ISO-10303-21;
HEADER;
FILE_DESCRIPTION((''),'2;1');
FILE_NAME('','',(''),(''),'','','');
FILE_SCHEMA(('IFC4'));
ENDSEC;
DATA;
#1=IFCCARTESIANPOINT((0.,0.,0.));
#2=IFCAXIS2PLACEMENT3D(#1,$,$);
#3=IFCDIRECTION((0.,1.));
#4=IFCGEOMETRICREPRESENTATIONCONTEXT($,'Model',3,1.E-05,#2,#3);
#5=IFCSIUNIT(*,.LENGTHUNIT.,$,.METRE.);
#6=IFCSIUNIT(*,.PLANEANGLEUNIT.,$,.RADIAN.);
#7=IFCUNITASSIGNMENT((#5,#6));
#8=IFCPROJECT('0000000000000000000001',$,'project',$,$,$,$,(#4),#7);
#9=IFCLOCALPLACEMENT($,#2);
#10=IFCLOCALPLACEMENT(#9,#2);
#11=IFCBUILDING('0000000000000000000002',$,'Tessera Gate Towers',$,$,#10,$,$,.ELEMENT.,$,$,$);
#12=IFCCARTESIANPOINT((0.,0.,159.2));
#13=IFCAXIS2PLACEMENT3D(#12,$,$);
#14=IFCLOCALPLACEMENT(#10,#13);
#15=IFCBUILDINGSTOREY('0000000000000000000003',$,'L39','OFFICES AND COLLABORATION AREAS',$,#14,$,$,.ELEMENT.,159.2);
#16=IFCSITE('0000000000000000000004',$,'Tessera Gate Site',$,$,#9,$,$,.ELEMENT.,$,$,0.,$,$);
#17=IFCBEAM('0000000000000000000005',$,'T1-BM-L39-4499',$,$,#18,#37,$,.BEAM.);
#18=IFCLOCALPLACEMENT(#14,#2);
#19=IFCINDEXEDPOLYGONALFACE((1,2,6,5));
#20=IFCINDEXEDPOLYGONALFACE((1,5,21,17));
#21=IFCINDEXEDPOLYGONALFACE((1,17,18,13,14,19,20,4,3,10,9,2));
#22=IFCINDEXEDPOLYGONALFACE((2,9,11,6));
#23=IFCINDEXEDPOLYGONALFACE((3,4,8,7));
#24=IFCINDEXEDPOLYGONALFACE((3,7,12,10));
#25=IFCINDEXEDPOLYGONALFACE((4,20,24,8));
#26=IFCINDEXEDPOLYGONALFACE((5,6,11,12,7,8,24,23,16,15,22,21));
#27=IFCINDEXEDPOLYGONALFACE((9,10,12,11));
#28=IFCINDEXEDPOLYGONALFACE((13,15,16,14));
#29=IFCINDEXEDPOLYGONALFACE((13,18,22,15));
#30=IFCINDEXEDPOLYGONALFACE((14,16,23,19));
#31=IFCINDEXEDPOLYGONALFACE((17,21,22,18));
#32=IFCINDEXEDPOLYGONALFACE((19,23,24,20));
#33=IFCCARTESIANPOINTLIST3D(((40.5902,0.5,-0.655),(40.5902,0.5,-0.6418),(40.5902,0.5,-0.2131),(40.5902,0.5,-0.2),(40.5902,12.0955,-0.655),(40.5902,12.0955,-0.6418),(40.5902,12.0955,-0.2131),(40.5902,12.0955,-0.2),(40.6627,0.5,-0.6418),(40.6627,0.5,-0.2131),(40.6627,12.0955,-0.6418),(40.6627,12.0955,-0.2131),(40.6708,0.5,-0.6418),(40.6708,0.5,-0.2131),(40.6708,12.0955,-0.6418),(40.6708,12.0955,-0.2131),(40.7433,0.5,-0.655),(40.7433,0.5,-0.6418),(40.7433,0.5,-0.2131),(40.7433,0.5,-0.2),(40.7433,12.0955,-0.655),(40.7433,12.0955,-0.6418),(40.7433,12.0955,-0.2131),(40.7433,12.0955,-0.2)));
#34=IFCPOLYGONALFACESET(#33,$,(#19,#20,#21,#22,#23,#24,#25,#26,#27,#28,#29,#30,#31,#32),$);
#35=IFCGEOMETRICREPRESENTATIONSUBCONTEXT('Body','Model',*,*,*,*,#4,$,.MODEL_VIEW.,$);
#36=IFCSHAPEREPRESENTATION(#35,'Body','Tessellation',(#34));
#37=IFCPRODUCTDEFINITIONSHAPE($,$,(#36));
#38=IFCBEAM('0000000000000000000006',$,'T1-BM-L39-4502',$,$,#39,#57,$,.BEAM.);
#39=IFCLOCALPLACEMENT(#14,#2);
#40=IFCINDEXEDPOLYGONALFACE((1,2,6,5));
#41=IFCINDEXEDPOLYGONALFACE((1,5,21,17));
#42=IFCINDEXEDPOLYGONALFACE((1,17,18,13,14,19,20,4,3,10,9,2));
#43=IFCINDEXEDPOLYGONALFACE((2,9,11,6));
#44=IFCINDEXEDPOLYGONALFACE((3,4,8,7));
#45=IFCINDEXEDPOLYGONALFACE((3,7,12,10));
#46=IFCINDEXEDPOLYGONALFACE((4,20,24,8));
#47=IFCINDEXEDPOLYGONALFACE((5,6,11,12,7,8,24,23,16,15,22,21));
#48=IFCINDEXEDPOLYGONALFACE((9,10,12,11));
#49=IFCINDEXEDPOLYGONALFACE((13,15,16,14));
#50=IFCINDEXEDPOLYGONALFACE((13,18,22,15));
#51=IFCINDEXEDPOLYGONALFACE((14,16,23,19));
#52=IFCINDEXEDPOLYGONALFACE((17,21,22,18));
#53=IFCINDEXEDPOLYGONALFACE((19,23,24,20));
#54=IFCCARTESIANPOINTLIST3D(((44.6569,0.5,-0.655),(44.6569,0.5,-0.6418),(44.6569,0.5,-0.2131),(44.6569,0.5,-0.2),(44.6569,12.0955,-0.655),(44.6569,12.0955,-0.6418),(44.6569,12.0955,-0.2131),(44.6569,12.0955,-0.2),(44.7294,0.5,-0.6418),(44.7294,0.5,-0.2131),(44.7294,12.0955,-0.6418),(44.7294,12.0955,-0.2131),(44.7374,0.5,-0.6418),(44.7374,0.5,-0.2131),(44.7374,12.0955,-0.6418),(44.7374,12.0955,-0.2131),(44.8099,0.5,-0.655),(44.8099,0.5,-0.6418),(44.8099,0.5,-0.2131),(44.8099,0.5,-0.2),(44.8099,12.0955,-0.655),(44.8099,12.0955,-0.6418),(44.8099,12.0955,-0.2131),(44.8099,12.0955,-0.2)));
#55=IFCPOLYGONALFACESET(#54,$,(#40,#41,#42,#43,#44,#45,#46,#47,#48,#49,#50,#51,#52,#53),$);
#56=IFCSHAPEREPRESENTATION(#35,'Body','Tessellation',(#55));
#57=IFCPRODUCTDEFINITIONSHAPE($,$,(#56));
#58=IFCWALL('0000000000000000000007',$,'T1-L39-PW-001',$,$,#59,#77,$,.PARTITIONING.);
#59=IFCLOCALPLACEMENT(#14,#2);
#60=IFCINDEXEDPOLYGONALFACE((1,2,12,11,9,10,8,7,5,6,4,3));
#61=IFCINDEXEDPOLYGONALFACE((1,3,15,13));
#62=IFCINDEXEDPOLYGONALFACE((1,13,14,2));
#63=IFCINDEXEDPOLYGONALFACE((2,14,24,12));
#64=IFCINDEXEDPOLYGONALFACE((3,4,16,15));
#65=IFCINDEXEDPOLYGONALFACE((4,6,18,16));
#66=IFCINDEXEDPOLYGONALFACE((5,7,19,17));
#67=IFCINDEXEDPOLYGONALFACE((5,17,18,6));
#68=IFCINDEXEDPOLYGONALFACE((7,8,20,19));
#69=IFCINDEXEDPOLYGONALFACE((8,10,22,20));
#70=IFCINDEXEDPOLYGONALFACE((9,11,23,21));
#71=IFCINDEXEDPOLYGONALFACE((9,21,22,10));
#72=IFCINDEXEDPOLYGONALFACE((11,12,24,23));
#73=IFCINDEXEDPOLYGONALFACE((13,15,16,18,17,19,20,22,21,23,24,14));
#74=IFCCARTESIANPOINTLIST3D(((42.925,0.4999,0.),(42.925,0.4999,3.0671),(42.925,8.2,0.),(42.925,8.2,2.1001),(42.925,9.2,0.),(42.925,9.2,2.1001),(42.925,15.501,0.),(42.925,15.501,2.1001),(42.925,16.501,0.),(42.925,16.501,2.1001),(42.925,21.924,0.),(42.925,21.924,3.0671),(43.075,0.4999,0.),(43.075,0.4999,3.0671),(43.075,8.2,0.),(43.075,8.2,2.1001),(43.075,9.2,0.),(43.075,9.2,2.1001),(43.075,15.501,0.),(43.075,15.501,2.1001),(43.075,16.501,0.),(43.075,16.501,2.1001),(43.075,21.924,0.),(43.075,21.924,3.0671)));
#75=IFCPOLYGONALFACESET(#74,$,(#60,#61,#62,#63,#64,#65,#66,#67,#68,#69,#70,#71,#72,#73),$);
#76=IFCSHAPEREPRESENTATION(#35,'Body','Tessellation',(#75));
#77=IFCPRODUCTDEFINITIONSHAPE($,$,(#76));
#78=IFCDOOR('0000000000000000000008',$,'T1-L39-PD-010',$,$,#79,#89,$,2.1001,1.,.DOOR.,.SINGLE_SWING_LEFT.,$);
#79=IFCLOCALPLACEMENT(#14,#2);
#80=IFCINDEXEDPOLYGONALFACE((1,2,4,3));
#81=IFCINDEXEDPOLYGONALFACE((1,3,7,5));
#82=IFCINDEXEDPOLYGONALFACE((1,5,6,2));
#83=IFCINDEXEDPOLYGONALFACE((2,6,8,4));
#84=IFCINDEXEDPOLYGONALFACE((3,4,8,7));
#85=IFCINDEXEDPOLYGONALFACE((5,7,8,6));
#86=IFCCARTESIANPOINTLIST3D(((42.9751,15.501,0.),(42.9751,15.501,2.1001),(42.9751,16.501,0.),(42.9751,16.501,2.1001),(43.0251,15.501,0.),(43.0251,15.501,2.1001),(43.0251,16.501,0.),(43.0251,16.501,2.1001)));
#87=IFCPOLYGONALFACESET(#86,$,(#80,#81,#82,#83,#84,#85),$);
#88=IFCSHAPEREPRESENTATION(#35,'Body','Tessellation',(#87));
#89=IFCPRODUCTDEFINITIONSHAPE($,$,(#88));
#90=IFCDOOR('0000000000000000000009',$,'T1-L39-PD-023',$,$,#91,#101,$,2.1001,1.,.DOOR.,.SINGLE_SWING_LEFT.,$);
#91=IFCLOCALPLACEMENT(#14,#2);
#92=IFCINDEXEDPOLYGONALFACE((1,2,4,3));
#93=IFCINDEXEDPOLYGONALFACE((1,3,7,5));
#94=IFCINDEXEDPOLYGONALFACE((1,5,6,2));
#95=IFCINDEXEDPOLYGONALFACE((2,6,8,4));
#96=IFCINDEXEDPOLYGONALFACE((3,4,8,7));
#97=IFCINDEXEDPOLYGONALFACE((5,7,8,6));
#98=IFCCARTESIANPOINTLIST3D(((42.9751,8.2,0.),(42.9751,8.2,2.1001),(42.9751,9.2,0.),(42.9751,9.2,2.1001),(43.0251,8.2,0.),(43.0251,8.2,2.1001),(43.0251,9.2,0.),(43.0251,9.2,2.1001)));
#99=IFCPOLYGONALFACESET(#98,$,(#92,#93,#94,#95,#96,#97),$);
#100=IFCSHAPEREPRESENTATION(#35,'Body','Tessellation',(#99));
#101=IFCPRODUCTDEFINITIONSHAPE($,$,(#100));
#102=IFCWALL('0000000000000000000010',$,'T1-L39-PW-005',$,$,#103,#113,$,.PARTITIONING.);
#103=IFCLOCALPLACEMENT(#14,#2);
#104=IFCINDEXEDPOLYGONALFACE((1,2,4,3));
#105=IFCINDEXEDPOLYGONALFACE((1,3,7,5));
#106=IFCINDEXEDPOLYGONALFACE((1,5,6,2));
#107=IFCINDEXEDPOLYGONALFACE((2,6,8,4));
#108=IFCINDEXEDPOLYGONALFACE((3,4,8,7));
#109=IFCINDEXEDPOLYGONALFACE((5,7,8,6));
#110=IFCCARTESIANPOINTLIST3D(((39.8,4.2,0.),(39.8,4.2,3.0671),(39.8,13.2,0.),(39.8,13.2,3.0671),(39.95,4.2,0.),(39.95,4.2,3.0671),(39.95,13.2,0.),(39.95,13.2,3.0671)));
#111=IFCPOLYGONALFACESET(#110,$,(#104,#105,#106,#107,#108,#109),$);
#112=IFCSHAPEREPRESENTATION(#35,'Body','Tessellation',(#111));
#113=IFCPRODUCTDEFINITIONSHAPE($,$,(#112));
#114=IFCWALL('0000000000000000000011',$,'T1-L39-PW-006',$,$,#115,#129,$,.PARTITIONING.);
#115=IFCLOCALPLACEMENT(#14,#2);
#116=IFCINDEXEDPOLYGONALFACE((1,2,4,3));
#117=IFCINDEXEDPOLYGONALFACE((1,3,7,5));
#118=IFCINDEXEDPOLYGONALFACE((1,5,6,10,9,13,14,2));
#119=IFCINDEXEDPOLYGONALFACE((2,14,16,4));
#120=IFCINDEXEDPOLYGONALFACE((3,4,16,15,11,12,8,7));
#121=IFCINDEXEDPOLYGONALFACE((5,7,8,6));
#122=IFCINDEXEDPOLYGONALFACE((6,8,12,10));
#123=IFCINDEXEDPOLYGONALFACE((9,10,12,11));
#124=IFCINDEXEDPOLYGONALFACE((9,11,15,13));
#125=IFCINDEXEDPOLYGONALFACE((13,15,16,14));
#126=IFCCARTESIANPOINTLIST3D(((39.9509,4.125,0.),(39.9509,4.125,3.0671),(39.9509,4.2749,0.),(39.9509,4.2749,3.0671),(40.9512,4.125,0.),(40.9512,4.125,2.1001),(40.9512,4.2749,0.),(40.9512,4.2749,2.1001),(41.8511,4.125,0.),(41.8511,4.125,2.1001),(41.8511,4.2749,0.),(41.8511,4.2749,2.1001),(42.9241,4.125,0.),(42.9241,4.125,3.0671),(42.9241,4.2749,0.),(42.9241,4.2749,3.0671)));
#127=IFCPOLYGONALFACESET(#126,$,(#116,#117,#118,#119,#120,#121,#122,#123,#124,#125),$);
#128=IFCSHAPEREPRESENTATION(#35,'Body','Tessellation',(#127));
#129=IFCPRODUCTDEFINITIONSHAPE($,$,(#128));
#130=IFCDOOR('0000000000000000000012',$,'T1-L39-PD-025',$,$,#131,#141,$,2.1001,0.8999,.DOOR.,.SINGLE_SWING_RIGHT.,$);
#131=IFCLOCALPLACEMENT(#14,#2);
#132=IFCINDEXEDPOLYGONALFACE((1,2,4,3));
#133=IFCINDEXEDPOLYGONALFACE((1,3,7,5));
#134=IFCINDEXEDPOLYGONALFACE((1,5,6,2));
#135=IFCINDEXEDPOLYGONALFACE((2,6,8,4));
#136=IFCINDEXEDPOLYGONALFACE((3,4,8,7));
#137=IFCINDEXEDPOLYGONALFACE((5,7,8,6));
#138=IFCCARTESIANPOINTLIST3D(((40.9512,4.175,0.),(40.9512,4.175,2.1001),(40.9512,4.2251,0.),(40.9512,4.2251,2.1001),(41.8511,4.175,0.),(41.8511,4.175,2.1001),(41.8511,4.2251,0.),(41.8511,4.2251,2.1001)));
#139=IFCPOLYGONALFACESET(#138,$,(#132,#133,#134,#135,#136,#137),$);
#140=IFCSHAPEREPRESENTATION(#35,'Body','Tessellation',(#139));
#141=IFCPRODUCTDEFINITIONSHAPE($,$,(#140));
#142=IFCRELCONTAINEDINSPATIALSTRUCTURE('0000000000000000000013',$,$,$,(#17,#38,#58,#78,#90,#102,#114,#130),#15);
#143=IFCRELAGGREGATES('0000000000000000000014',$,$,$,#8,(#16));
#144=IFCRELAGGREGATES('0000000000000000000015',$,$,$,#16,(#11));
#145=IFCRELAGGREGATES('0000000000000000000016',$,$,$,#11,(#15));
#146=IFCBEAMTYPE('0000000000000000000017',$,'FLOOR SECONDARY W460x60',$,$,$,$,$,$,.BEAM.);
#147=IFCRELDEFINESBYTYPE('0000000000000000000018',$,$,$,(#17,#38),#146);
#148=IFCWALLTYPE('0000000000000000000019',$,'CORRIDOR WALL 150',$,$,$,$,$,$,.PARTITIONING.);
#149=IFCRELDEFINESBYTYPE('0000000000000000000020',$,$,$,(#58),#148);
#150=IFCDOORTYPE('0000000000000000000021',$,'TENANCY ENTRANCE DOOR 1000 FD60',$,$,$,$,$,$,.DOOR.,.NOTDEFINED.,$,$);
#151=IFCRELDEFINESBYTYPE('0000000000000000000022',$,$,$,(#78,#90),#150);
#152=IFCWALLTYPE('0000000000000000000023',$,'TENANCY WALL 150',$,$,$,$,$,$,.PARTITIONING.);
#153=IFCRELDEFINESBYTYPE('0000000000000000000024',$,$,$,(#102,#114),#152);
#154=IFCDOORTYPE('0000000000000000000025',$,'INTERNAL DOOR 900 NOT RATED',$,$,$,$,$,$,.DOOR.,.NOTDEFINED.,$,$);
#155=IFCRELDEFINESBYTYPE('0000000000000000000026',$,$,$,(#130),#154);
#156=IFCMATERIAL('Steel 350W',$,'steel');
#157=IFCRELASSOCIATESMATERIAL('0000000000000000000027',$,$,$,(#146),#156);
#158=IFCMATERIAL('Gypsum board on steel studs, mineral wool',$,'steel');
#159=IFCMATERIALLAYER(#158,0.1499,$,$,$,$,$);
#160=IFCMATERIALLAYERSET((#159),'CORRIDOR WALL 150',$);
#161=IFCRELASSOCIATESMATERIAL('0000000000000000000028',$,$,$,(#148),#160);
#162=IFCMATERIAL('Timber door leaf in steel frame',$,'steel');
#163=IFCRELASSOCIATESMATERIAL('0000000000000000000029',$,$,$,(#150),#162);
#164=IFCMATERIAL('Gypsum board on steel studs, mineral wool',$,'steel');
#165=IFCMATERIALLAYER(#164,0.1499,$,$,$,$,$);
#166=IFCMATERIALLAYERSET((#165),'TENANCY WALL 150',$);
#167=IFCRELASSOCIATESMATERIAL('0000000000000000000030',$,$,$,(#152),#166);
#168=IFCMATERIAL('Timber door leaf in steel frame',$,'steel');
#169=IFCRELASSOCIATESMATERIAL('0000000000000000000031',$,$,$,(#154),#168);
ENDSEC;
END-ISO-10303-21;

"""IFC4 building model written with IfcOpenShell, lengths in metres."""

from ifc_helpers import new_model, si_unit, direction, frame, frame_2d, origin, origin_2d, place, context, subcontext, project, spatial, rectangle, i_section, extrude, source, transform, mapped, material, layer, layer_set, material_profile, profile_set, type_object, element, fill, save


model = new_model("IFC4")

# Units and contexts
model_context = context("Model", 3, precision=1e-05, world=origin(), true_north=direction((0.0, 1.0)))
body_context = subcontext(model_context, "Body", "Model", "MODEL_VIEW")
ifc_project = project(units=[si_unit("LENGTHUNIT", "METRE"), si_unit("PLANEANGLEUNIT", "RADIAN")], contexts=[model_context])

# Site, building, storey
site_placement = place(None, origin())
site = spatial("IfcSite", under=ifc_project, at=site_placement, Name="Tessera Gate Site", CompositionType="ELEMENT", RefElevation=0.0)
building_placement = place(site_placement, origin())
building = spatial("IfcBuilding", under=site, at=building_placement, Name="Tessera Gate Towers", CompositionType="ELEMENT")
storey_placement = place(building_placement, frame((0.0, 0.0, 159.2)))
storey = spatial("IfcBuildingStorey", under=building, at=storey_placement, Name="L39", Description="OFFICES AND COLLABORATION AREAS", CompositionType="ELEMENT", Elevation=159.2)

# Beams
ifc_material_1 = material(Name="Steel 350W", Category="steel")
ifc_material_profile_1 = material_profile(ifc_material_1, i_section(OverallWidth=0.1531, OverallDepth=0.4551, WebThickness=0.0081, FlangeThickness=0.0132, at=origin_2d()), Name="W460x60")
ifc_profile_set_1 = profile_set([ifc_material_profile_1], Name="Steel 350W")
beam_type_1 = type_object("IfcBeamType", Name="FLOOR SECONDARY W460x60", PredefinedType="BEAM", material=ifc_profile_set_1)
for number, where, z_axis, x_axis, name in (
    (1, (40.6667, 0.5, -0.4275), (0.0, 1.0, 0.0), (-1.0, 0.0, 0.0), "T1-BM-L39-4499"),
    (2, (44.7334, 0.5, -0.4275), (0.0, 1.0, 0.0), (-1.0, 0.0, 0.0), "T1-BM-L39-4502"),
):
    element("IfcBeam", number, at=place(storey_placement, frame(where, z_axis=z_axis, x_axis=x_axis)), inside=storey, type_object=beam_type_1, Name=name, PredefinedType="BEAM", context=body_context, shape_type="SweptSolid", body=[
        extrude(i_section(OverallWidth=0.1531, OverallDepth=0.4551, WebThickness=0.0081, FlangeThickness=0.0132, at=origin_2d()), origin(), (0.0, 0.0, 1.0), 11.5955),
    ])

# Wall, openings, doors
ifc_material_2 = material(Name="Gypsum board on steel studs, mineral wool", Category="steel")
ifc_layer_1 = layer(ifc_material_2, 0.1499)
ifc_layer_set_1 = layer_set([ifc_layer_1], Name="CORRIDOR WALL 150")
wall_type_1 = type_object("IfcWallType", Name="CORRIDOR WALL 150", PredefinedType="PARTITIONING", material=ifc_layer_set_1)
wall_1_placement = place(storey_placement, frame((43.0, 0.5, 0.0), z_axis=(0.0, 0.0, 1.0), x_axis=(0.0, 1.0, 0.0)))
wall_1 = element("IfcWall", 3, at=wall_1_placement, inside=storey, type_object=wall_type_1, Name="T1-L39-PW-001", PredefinedType="PARTITIONING", context=body_context, shape_type="SweptSolid", body=[
    extrude(rectangle(XDim=21.4241, YDim=0.1499, at=frame_2d((10.7119, 0.0))), origin(), (0.0, 0.0, 1.0), 3.0671),
])
shared_shape_1 = source(origin(), body_context, "Body", "SweptSolid", [
    extrude(rectangle(XDim=1.0, YDim=2.1001, at=frame_2d((0.5, 1.05))), frame((0.0, 0.085, 0.0), z_axis=(0.0, -1.0, 0.0), x_axis=(1.0, 0.0, 0.0)), (0.0, 0.0, 1.0), 0.1699),
])
opening_1_placement = place(wall_1_placement, frame((15.001, 0.0, 0.0)))
opening_1 = element("IfcOpeningElement", 4, at=opening_1_placement, cuts=wall_1, PredefinedType="OPENING", context=body_context, shape_type="MappedRepresentation", body=[
    mapped(shared_shape_1, transform((0.0, 0.0, 0.0), scale=1.0)),
])
opening_2_placement = place(wall_1_placement, frame((7.7, 0.0, 0.0)))
opening_2 = element("IfcOpeningElement", 5, at=opening_2_placement, cuts=wall_1, PredefinedType="OPENING", context=body_context, shape_type="MappedRepresentation", body=[
    mapped(shared_shape_1, transform((0.0, 0.0, 0.0), scale=1.0)),
])
ifc_material_3 = material(Name="Timber door leaf in steel frame", Category="steel")
door_type_1 = type_object("IfcDoorType", Name="TENANCY ENTRANCE DOOR 1000 FD60", OperationType="NOTDEFINED", PredefinedType="DOOR", material=ifc_material_3)
shared_shape_2 = source(origin(), body_context, "Body", "SweptSolid", [
    extrude(rectangle(XDim=1.0, YDim=2.1001, at=frame_2d((0.5, 1.05))), frame((0.0, 0.0249, 0.0), z_axis=(0.0, -1.0, 0.0), x_axis=(1.0, 0.0, 0.0)), (0.0, 0.0, 1.0), 0.05),
])
door_1_placement = place(opening_1_placement, origin())
door_1 = element("IfcDoor", 6, at=door_1_placement, inside=storey, type_object=door_type_1, Name="T1-L39-PD-010", OperationType="SINGLE_SWING_LEFT", OverallHeight=2.1001, OverallWidth=1.0, PredefinedType="DOOR", context=body_context, shape_type="MappedRepresentation", body=[
    mapped(shared_shape_2, transform((0.0, 0.0, 0.0), scale=1.0)),
])
fill(opening_1, door_1)
door_2_placement = place(opening_2_placement, origin())
door_2 = element("IfcDoor", 7, at=door_2_placement, inside=storey, type_object=door_type_1, Name="T1-L39-PD-023", OperationType="SINGLE_SWING_LEFT", OverallHeight=2.1001, OverallWidth=1.0, PredefinedType="DOOR", context=body_context, shape_type="MappedRepresentation", body=[
    mapped(shared_shape_2, transform((0.0, 0.0, 0.0), scale=1.0)),
])
fill(opening_2, door_2)

# Wall
ifc_material_4 = material(Name="Gypsum board on steel studs, mineral wool", Category="steel")
ifc_layer_2 = layer(ifc_material_4, 0.1499)
ifc_layer_set_2 = layer_set([ifc_layer_2], Name="TENANCY WALL 150")
wall_type_2 = type_object("IfcWallType", Name="TENANCY WALL 150", PredefinedType="PARTITIONING", material=ifc_layer_set_2)
wall_2_placement = place(storey_placement, frame((39.875, 4.2, 0.0), z_axis=(0.0, 0.0, 1.0), x_axis=(0.0, 1.0, 0.0)))
element("IfcWall", 8, at=wall_2_placement, inside=storey, type_object=wall_type_2, Name="T1-L39-PW-005", PredefinedType="PARTITIONING", context=body_context, shape_type="SweptSolid", body=[
    extrude(rectangle(XDim=9.0, YDim=0.1499, at=frame_2d((4.5, 0.0))), origin(), (0.0, 0.0, 1.0), 3.0671),
])

# Wall, opening, door
wall_3_placement = place(storey_placement, frame((42.9241, 4.2, 0.0), z_axis=(0.0, 0.0, 1.0), x_axis=(-1.0, 0.0, 0.0)))
wall_3 = element("IfcWall", 9, at=wall_3_placement, inside=storey, type_object=wall_type_2, Name="T1-L39-PW-006", PredefinedType="PARTITIONING", context=body_context, shape_type="SweptSolid", body=[
    extrude(rectangle(XDim=2.9731, YDim=0.1499, at=frame_2d((1.4866, 0.0))), origin(), (0.0, 0.0, 1.0), 3.0671),
])
shared_shape_3 = source(origin(), body_context, "Body", "SweptSolid", [
    extrude(rectangle(XDim=0.8999, YDim=2.1001, at=frame_2d((0.45, 1.05))), frame((0.0, 0.085, 0.0), z_axis=(0.0, -1.0, 0.0), x_axis=(1.0, 0.0, 0.0)), (0.0, 0.0, 1.0), 0.1699),
])
opening_3_placement = place(wall_3_placement, frame((1.073, 0.0, 0.0)))
opening_3 = element("IfcOpeningElement", 10, at=opening_3_placement, cuts=wall_3, PredefinedType="OPENING", context=body_context, shape_type="MappedRepresentation", body=[
    mapped(shared_shape_3, transform((0.0, 0.0, 0.0), scale=1.0)),
])
ifc_material_5 = material(Name="Timber door leaf in steel frame", Category="steel")
door_type_2 = type_object("IfcDoorType", Name="INTERNAL DOOR 900 NOT RATED", OperationType="NOTDEFINED", PredefinedType="DOOR", material=ifc_material_5)
shared_shape_4 = source(origin(), body_context, "Body", "SweptSolid", [
    extrude(rectangle(XDim=0.8999, YDim=2.1001, at=frame_2d((0.45, 1.05))), frame((0.0, 0.0249, 0.0), z_axis=(0.0, -1.0, 0.0), x_axis=(1.0, 0.0, 0.0)), (0.0, 0.0, 1.0), 0.05),
])
door_3_placement = place(opening_3_placement, origin())
door_3 = element("IfcDoor", 11, at=door_3_placement, inside=storey, type_object=door_type_2, Name="T1-L39-PD-025", OperationType="SINGLE_SWING_RIGHT", OverallHeight=2.1001, OverallWidth=0.8999, PredefinedType="DOOR", context=body_context, shape_type="MappedRepresentation", body=[
    mapped(shared_shape_4, transform((0.0, 0.0, 0.0), scale=1.0)),
])
fill(opening_3, door_3)

save(model, "model.ifc")
